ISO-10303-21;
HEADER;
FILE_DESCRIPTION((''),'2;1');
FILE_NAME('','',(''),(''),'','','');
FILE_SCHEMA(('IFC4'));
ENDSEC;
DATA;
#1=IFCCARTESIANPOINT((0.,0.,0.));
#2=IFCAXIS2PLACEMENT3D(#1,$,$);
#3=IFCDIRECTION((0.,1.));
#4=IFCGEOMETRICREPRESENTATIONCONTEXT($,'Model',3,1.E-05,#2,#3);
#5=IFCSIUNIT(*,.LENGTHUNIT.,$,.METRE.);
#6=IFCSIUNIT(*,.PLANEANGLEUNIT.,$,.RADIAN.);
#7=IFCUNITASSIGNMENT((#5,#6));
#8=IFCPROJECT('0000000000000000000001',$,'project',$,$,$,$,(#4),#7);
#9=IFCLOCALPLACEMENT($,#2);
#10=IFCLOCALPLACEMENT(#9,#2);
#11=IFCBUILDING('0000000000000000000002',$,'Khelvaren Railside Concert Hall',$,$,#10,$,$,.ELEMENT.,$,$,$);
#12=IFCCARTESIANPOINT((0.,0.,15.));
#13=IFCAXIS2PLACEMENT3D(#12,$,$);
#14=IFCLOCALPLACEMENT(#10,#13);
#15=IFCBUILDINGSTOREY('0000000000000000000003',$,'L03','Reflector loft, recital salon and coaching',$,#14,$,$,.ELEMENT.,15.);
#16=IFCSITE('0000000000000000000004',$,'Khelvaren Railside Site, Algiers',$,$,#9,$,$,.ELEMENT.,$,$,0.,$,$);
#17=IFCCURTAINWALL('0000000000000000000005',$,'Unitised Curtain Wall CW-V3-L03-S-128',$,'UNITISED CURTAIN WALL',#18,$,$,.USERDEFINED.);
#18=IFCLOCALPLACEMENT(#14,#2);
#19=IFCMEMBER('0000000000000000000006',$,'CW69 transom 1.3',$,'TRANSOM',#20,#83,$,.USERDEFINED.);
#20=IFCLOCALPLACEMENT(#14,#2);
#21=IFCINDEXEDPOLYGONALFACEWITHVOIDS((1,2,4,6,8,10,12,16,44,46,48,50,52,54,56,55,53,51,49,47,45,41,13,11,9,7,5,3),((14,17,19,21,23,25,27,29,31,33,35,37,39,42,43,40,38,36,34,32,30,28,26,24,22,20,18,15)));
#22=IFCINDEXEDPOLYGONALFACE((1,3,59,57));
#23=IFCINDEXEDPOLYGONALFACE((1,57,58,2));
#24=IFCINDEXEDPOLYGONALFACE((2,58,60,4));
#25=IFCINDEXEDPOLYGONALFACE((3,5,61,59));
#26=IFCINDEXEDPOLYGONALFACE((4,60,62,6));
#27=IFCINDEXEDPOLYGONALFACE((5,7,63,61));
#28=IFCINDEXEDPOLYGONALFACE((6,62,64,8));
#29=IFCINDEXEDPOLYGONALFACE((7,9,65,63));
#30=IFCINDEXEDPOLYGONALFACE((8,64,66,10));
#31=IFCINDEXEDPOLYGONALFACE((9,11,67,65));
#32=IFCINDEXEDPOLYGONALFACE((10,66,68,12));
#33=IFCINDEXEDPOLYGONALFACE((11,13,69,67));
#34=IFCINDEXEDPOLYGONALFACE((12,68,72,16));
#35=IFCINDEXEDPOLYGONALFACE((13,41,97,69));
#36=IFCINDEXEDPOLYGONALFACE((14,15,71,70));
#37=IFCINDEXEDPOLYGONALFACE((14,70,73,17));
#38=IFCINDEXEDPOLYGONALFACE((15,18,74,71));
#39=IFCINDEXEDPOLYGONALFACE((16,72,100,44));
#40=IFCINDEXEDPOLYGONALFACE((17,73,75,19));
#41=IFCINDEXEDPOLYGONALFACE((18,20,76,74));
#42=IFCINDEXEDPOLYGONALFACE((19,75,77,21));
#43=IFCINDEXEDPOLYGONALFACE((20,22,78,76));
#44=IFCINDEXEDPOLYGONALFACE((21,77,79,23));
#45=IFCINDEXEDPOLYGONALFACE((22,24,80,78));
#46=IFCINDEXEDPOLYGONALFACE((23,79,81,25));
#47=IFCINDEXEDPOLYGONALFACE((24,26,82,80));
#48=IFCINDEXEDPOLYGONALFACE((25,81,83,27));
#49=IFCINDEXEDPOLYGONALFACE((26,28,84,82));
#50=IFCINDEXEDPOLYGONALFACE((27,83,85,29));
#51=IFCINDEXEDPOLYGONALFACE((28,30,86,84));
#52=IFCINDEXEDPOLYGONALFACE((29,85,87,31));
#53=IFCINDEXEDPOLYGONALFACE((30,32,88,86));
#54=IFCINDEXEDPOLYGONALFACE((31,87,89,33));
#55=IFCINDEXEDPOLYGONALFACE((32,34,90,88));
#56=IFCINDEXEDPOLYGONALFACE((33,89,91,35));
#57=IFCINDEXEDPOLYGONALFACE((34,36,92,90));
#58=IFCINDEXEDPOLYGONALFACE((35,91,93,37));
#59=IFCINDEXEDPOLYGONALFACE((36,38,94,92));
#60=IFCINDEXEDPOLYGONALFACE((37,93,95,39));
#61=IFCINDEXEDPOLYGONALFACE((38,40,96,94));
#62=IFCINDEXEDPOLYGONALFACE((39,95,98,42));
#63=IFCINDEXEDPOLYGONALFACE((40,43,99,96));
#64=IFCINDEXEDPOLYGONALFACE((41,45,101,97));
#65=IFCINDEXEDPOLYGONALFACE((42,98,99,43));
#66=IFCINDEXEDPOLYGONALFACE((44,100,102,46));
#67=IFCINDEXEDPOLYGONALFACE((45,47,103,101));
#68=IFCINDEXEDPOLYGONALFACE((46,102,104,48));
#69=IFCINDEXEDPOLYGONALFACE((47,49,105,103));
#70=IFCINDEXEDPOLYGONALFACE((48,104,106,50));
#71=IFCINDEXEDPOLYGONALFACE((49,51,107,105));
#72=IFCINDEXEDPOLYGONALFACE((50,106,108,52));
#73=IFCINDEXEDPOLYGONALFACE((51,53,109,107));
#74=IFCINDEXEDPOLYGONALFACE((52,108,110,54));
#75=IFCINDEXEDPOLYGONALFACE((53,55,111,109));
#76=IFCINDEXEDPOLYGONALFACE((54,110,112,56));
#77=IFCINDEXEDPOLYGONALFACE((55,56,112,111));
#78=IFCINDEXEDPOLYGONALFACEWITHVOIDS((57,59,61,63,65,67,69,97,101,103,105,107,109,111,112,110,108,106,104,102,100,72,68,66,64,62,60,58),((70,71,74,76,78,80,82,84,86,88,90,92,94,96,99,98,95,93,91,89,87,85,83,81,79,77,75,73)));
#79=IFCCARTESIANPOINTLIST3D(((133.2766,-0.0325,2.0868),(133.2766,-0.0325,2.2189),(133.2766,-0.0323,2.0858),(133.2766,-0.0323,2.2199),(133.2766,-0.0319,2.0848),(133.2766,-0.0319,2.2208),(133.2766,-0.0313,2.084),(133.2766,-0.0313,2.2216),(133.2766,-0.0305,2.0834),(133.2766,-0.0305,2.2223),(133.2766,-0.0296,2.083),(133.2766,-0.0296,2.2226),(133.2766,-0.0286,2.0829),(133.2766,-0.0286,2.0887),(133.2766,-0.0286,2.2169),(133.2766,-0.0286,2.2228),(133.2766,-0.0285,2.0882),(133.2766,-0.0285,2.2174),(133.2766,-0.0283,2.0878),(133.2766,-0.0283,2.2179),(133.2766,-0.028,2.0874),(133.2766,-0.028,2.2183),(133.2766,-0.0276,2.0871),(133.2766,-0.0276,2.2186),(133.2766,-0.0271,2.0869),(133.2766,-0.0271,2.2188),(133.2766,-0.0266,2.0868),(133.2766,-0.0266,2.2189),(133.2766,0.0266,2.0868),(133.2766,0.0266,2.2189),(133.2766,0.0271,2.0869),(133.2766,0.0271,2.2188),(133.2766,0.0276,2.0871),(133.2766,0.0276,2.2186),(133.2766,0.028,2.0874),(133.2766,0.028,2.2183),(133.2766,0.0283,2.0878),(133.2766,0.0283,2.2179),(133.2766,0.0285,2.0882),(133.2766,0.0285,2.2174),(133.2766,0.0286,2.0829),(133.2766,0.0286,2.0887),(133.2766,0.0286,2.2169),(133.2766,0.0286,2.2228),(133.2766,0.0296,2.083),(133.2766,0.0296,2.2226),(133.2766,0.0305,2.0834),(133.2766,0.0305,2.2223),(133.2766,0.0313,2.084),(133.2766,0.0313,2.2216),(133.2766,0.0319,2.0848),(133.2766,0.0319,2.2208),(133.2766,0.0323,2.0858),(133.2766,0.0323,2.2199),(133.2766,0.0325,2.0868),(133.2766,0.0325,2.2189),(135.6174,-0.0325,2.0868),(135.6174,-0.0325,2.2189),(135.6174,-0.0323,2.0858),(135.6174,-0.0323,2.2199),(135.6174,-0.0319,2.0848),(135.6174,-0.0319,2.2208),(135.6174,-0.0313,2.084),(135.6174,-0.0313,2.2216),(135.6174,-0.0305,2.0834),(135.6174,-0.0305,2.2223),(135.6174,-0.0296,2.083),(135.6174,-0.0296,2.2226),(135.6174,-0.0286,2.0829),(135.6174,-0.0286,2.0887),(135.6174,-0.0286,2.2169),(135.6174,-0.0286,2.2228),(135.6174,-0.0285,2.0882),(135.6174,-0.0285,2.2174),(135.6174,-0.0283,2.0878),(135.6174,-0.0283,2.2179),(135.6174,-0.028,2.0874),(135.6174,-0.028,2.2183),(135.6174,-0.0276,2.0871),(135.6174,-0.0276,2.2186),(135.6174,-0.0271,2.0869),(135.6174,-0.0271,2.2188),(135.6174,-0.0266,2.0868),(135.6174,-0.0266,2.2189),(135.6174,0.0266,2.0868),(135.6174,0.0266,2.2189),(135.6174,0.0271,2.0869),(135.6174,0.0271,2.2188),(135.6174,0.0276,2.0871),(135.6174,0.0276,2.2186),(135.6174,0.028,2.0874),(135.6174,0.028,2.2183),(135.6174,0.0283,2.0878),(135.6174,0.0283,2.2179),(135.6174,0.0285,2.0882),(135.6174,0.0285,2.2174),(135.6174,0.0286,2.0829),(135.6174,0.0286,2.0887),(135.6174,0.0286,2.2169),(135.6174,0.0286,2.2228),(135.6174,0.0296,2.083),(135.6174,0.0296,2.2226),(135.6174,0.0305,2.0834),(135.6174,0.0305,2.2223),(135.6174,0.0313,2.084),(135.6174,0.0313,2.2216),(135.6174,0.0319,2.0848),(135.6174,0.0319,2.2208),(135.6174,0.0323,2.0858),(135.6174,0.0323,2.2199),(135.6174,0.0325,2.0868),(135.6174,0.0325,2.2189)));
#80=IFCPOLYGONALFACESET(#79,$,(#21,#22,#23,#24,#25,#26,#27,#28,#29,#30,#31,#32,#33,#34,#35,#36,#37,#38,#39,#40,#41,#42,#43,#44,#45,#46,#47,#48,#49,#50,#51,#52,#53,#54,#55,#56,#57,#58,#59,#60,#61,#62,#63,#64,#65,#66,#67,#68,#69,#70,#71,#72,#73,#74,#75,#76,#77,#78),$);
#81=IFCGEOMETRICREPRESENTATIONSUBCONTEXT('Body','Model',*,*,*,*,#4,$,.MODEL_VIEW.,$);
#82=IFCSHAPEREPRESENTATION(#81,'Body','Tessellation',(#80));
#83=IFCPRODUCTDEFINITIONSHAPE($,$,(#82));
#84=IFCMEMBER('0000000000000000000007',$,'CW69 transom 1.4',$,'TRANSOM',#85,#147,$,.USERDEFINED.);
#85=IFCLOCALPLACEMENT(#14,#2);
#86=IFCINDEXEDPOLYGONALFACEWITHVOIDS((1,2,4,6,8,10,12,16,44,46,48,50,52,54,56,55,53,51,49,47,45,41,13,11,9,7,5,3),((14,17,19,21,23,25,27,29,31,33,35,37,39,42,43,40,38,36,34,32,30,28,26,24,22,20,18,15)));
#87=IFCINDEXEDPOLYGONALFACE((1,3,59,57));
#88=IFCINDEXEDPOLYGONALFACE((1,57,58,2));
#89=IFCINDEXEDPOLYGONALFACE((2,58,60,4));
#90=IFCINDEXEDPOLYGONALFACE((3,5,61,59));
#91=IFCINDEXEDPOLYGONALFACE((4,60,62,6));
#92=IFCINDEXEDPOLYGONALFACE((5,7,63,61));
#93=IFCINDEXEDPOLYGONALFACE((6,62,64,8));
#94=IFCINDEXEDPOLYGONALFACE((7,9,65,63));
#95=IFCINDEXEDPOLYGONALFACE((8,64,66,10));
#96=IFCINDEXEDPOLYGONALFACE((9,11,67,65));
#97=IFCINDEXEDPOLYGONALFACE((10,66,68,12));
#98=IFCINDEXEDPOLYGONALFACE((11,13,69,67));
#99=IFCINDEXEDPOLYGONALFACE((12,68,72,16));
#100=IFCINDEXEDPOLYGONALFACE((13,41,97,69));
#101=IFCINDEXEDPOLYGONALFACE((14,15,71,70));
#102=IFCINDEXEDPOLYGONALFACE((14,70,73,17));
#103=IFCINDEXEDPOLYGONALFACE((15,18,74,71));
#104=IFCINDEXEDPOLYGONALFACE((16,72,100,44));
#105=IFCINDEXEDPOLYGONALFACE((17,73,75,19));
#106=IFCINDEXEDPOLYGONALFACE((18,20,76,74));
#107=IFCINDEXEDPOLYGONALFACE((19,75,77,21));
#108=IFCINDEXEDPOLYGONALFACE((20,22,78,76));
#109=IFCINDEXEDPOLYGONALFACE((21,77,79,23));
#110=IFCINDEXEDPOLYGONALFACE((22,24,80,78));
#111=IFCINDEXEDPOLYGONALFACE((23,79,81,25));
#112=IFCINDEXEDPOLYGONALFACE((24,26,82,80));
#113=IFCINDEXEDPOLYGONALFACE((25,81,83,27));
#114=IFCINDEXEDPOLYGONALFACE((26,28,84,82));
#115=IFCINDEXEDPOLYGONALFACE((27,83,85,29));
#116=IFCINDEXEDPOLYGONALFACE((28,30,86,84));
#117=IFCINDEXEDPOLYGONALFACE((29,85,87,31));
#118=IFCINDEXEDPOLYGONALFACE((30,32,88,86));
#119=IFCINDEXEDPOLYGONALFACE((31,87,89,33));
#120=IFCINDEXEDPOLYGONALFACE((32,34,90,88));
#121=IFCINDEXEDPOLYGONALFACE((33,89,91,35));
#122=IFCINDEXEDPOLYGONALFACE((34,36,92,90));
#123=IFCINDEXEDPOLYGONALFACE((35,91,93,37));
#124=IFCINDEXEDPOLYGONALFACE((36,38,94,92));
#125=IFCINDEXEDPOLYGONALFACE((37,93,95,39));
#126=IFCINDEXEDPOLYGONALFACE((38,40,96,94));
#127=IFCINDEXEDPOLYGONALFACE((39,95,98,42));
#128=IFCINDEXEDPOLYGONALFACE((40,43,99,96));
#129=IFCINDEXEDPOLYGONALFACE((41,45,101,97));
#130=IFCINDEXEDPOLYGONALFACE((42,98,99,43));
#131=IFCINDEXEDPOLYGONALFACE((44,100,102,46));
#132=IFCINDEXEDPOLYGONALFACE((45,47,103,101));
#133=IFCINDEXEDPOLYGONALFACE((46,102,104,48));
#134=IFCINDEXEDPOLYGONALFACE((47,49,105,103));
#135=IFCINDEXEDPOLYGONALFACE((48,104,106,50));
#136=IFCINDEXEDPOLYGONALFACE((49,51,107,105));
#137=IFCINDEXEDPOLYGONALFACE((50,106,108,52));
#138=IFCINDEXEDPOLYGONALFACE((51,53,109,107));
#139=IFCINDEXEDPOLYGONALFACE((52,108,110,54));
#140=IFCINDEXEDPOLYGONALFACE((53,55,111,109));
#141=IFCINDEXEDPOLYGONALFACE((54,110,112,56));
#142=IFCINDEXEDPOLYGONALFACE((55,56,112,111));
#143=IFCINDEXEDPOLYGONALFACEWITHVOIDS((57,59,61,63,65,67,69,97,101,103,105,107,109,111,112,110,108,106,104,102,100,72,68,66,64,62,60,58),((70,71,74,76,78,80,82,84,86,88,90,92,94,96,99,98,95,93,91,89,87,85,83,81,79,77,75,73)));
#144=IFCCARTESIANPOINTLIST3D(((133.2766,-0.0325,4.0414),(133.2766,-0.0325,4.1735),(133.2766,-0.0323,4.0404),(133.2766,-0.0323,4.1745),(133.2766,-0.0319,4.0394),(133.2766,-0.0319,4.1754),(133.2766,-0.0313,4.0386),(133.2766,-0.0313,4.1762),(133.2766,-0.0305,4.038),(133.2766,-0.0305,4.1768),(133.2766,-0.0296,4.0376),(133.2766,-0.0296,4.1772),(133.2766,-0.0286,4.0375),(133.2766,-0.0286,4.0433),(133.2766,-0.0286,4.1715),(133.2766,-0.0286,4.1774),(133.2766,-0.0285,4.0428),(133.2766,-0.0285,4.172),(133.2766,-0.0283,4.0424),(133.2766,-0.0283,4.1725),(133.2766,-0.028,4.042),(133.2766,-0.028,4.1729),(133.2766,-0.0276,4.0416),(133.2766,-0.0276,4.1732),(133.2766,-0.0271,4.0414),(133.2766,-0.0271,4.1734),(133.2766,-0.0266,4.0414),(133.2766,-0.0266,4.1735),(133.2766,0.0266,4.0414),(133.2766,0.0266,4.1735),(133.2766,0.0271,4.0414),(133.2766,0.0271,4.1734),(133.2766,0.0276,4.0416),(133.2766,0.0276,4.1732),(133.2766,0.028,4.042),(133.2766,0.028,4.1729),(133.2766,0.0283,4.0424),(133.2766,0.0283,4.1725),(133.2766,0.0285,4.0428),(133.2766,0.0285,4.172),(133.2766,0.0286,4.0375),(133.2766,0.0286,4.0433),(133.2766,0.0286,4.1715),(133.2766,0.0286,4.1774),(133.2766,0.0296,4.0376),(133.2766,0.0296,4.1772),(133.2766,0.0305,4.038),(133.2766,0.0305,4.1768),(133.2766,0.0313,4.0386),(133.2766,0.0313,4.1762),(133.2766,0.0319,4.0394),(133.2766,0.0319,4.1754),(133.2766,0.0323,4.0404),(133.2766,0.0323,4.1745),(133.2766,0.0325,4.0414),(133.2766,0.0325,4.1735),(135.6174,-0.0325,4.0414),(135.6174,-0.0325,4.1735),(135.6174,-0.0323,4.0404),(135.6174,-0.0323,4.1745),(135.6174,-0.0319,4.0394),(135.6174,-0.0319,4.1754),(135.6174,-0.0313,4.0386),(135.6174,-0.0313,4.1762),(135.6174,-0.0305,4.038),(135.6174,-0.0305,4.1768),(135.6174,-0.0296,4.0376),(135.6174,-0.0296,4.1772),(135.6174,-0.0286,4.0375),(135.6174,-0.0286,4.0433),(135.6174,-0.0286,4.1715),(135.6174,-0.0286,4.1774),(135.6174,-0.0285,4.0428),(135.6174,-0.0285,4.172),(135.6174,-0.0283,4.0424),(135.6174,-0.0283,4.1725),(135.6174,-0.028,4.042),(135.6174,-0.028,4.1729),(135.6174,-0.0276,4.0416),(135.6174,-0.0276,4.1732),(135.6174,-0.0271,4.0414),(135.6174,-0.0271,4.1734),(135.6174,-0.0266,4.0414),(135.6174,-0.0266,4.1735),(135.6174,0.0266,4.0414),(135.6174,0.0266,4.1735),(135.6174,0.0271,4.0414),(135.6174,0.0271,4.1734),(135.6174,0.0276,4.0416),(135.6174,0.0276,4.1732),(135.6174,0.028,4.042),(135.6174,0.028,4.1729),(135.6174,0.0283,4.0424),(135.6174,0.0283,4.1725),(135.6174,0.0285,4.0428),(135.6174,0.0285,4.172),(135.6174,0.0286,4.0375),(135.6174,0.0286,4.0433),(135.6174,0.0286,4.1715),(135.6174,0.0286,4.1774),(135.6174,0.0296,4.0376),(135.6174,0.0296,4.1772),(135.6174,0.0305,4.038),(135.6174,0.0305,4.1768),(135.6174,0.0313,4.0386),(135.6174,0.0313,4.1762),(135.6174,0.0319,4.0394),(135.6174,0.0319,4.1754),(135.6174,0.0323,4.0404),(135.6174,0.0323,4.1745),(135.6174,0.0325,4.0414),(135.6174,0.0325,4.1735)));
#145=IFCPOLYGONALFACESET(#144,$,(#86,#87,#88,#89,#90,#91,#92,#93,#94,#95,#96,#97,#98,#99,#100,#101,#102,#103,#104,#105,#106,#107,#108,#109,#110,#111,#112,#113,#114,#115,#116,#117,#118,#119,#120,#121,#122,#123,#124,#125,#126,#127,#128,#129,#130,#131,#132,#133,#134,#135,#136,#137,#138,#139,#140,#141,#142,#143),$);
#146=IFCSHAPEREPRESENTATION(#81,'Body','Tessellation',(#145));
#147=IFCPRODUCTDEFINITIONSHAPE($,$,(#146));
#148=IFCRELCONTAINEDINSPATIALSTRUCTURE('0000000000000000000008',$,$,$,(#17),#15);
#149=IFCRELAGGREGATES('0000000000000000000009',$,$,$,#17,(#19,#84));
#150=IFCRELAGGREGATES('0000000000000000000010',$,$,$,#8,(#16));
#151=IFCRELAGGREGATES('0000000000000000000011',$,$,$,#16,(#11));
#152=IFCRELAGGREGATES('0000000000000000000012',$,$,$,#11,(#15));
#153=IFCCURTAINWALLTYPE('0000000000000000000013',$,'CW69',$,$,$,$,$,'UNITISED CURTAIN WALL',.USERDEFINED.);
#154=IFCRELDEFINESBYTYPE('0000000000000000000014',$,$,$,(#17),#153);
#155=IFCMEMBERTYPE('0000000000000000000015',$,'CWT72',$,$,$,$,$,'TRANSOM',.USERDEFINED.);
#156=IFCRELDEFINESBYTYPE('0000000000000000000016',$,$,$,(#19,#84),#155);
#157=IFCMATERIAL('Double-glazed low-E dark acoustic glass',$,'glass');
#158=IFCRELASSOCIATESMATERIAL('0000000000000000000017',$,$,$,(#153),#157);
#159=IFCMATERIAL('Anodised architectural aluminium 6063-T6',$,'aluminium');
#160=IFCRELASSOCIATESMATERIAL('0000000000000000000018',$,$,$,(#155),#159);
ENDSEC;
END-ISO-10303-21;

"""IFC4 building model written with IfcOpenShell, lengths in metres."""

from ifc_helpers import new_model, si_unit, direction, frame, origin, origin_2d, place, context, subcontext, project, spatial, hollow_rectangle, extrude, material, material_profile, profile_set, type_object, element, aggregate, save


model = new_model("IFC4")

# Units and contexts
model_context = context("Model", 3, precision=1e-05, world=origin(), true_north=direction((0.0, 1.0)))
body_context = subcontext(model_context, "Body", "Model", "MODEL_VIEW")
ifc_project = project(units=[si_unit("LENGTHUNIT", "METRE"), si_unit("PLANEANGLEUNIT", "RADIAN")], contexts=[model_context])

# Site, building, storey
site_placement = place(None, origin())
site = spatial("IfcSite", under=ifc_project, at=site_placement, Name="Khelvaren Railside Site, Algiers", CompositionType="ELEMENT", RefElevation=0.0)
building_placement = place(site_placement, origin())
building = spatial("IfcBuilding", under=site, at=building_placement, Name="Khelvaren Railside Concert Hall", CompositionType="ELEMENT")
storey_placement = place(building_placement, frame((0.0, 0.0, 15.0)))
storey = spatial("IfcBuildingStorey", under=building, at=storey_placement, Name="L03", Description="Reflector loft, recital salon and coaching", CompositionType="ELEMENT", Elevation=15.0)

# Curtain wall, members
ifc_material_1 = material(Name="Double-glazed low-E dark acoustic glass", Category="glass")
curtain_wall_type = type_object("IfcCurtainWallType", Name="CW69", ElementType="UNITISED CURTAIN WALL", PredefinedType="USERDEFINED", material=ifc_material_1)
curtain_wall_placement = place(storey_placement, origin())
curtain_wall = element("IfcCurtainWall", 1, at=curtain_wall_placement, inside=storey, type_object=curtain_wall_type, Name="Unitised Curtain Wall CW-V3-L03-S-128", ObjectType="UNITISED CURTAIN WALL", PredefinedType="USERDEFINED")
ifc_material_2 = material(Name="Anodised architectural aluminium 6063-T6", Category="aluminium")
ifc_material_profile_1 = material_profile(ifc_material_2, hollow_rectangle(XDim=0.0649, YDim=0.1399, WallThickness=0.0039, InnerFilletRadius=0.002, OuterFilletRadius=0.0039, at=origin_2d()), Name="CWT 65x140x4")
ifc_profile_set_1 = profile_set([ifc_material_profile_1], Name="Anodised architectural aluminium 6063-T6")
member_type_1 = type_object("IfcMemberType", Name="CWT72", ElementType="TRANSOM", PredefinedType="USERDEFINED", material=ifc_profile_set_1)
member_1_placement = place(storey_placement, frame((135.6174, 0.0, 2.1528), z_axis=(-1.0, 0.0, 0.0), x_axis=(0.0, -1.0, 0.0)))
member_1 = element("IfcMember", 2, at=member_1_placement, type_object=member_type_1, Name="CW69 transom 1.3", ObjectType="TRANSOM", PredefinedType="USERDEFINED", context=body_context, shape_type="SweptSolid", body=[
    extrude(hollow_rectangle(XDim=0.0649, YDim=0.1399, WallThickness=0.0039, InnerFilletRadius=0.002, OuterFilletRadius=0.0039, at=origin_2d()), origin(), (0.0, 0.0, 1.0), 2.3408),
])
member_2_placement = place(storey_placement, frame((135.6174, 0.0, 4.1074), z_axis=(-1.0, 0.0, 0.0), x_axis=(0.0, -1.0, 0.0)))
member_2 = element("IfcMember", 3, at=member_2_placement, type_object=member_type_1, Name="CW69 transom 1.4", ObjectType="TRANSOM", PredefinedType="USERDEFINED", context=body_context, shape_type="SweptSolid", body=[
    extrude(hollow_rectangle(XDim=0.0649, YDim=0.1399, WallThickness=0.0039, InnerFilletRadius=0.002, OuterFilletRadius=0.0039, at=origin_2d()), origin(), (0.0, 0.0, 1.0), 2.3408),
])

aggregate(curtain_wall, [member_1, member_2])

save(model, "model.ifc")
